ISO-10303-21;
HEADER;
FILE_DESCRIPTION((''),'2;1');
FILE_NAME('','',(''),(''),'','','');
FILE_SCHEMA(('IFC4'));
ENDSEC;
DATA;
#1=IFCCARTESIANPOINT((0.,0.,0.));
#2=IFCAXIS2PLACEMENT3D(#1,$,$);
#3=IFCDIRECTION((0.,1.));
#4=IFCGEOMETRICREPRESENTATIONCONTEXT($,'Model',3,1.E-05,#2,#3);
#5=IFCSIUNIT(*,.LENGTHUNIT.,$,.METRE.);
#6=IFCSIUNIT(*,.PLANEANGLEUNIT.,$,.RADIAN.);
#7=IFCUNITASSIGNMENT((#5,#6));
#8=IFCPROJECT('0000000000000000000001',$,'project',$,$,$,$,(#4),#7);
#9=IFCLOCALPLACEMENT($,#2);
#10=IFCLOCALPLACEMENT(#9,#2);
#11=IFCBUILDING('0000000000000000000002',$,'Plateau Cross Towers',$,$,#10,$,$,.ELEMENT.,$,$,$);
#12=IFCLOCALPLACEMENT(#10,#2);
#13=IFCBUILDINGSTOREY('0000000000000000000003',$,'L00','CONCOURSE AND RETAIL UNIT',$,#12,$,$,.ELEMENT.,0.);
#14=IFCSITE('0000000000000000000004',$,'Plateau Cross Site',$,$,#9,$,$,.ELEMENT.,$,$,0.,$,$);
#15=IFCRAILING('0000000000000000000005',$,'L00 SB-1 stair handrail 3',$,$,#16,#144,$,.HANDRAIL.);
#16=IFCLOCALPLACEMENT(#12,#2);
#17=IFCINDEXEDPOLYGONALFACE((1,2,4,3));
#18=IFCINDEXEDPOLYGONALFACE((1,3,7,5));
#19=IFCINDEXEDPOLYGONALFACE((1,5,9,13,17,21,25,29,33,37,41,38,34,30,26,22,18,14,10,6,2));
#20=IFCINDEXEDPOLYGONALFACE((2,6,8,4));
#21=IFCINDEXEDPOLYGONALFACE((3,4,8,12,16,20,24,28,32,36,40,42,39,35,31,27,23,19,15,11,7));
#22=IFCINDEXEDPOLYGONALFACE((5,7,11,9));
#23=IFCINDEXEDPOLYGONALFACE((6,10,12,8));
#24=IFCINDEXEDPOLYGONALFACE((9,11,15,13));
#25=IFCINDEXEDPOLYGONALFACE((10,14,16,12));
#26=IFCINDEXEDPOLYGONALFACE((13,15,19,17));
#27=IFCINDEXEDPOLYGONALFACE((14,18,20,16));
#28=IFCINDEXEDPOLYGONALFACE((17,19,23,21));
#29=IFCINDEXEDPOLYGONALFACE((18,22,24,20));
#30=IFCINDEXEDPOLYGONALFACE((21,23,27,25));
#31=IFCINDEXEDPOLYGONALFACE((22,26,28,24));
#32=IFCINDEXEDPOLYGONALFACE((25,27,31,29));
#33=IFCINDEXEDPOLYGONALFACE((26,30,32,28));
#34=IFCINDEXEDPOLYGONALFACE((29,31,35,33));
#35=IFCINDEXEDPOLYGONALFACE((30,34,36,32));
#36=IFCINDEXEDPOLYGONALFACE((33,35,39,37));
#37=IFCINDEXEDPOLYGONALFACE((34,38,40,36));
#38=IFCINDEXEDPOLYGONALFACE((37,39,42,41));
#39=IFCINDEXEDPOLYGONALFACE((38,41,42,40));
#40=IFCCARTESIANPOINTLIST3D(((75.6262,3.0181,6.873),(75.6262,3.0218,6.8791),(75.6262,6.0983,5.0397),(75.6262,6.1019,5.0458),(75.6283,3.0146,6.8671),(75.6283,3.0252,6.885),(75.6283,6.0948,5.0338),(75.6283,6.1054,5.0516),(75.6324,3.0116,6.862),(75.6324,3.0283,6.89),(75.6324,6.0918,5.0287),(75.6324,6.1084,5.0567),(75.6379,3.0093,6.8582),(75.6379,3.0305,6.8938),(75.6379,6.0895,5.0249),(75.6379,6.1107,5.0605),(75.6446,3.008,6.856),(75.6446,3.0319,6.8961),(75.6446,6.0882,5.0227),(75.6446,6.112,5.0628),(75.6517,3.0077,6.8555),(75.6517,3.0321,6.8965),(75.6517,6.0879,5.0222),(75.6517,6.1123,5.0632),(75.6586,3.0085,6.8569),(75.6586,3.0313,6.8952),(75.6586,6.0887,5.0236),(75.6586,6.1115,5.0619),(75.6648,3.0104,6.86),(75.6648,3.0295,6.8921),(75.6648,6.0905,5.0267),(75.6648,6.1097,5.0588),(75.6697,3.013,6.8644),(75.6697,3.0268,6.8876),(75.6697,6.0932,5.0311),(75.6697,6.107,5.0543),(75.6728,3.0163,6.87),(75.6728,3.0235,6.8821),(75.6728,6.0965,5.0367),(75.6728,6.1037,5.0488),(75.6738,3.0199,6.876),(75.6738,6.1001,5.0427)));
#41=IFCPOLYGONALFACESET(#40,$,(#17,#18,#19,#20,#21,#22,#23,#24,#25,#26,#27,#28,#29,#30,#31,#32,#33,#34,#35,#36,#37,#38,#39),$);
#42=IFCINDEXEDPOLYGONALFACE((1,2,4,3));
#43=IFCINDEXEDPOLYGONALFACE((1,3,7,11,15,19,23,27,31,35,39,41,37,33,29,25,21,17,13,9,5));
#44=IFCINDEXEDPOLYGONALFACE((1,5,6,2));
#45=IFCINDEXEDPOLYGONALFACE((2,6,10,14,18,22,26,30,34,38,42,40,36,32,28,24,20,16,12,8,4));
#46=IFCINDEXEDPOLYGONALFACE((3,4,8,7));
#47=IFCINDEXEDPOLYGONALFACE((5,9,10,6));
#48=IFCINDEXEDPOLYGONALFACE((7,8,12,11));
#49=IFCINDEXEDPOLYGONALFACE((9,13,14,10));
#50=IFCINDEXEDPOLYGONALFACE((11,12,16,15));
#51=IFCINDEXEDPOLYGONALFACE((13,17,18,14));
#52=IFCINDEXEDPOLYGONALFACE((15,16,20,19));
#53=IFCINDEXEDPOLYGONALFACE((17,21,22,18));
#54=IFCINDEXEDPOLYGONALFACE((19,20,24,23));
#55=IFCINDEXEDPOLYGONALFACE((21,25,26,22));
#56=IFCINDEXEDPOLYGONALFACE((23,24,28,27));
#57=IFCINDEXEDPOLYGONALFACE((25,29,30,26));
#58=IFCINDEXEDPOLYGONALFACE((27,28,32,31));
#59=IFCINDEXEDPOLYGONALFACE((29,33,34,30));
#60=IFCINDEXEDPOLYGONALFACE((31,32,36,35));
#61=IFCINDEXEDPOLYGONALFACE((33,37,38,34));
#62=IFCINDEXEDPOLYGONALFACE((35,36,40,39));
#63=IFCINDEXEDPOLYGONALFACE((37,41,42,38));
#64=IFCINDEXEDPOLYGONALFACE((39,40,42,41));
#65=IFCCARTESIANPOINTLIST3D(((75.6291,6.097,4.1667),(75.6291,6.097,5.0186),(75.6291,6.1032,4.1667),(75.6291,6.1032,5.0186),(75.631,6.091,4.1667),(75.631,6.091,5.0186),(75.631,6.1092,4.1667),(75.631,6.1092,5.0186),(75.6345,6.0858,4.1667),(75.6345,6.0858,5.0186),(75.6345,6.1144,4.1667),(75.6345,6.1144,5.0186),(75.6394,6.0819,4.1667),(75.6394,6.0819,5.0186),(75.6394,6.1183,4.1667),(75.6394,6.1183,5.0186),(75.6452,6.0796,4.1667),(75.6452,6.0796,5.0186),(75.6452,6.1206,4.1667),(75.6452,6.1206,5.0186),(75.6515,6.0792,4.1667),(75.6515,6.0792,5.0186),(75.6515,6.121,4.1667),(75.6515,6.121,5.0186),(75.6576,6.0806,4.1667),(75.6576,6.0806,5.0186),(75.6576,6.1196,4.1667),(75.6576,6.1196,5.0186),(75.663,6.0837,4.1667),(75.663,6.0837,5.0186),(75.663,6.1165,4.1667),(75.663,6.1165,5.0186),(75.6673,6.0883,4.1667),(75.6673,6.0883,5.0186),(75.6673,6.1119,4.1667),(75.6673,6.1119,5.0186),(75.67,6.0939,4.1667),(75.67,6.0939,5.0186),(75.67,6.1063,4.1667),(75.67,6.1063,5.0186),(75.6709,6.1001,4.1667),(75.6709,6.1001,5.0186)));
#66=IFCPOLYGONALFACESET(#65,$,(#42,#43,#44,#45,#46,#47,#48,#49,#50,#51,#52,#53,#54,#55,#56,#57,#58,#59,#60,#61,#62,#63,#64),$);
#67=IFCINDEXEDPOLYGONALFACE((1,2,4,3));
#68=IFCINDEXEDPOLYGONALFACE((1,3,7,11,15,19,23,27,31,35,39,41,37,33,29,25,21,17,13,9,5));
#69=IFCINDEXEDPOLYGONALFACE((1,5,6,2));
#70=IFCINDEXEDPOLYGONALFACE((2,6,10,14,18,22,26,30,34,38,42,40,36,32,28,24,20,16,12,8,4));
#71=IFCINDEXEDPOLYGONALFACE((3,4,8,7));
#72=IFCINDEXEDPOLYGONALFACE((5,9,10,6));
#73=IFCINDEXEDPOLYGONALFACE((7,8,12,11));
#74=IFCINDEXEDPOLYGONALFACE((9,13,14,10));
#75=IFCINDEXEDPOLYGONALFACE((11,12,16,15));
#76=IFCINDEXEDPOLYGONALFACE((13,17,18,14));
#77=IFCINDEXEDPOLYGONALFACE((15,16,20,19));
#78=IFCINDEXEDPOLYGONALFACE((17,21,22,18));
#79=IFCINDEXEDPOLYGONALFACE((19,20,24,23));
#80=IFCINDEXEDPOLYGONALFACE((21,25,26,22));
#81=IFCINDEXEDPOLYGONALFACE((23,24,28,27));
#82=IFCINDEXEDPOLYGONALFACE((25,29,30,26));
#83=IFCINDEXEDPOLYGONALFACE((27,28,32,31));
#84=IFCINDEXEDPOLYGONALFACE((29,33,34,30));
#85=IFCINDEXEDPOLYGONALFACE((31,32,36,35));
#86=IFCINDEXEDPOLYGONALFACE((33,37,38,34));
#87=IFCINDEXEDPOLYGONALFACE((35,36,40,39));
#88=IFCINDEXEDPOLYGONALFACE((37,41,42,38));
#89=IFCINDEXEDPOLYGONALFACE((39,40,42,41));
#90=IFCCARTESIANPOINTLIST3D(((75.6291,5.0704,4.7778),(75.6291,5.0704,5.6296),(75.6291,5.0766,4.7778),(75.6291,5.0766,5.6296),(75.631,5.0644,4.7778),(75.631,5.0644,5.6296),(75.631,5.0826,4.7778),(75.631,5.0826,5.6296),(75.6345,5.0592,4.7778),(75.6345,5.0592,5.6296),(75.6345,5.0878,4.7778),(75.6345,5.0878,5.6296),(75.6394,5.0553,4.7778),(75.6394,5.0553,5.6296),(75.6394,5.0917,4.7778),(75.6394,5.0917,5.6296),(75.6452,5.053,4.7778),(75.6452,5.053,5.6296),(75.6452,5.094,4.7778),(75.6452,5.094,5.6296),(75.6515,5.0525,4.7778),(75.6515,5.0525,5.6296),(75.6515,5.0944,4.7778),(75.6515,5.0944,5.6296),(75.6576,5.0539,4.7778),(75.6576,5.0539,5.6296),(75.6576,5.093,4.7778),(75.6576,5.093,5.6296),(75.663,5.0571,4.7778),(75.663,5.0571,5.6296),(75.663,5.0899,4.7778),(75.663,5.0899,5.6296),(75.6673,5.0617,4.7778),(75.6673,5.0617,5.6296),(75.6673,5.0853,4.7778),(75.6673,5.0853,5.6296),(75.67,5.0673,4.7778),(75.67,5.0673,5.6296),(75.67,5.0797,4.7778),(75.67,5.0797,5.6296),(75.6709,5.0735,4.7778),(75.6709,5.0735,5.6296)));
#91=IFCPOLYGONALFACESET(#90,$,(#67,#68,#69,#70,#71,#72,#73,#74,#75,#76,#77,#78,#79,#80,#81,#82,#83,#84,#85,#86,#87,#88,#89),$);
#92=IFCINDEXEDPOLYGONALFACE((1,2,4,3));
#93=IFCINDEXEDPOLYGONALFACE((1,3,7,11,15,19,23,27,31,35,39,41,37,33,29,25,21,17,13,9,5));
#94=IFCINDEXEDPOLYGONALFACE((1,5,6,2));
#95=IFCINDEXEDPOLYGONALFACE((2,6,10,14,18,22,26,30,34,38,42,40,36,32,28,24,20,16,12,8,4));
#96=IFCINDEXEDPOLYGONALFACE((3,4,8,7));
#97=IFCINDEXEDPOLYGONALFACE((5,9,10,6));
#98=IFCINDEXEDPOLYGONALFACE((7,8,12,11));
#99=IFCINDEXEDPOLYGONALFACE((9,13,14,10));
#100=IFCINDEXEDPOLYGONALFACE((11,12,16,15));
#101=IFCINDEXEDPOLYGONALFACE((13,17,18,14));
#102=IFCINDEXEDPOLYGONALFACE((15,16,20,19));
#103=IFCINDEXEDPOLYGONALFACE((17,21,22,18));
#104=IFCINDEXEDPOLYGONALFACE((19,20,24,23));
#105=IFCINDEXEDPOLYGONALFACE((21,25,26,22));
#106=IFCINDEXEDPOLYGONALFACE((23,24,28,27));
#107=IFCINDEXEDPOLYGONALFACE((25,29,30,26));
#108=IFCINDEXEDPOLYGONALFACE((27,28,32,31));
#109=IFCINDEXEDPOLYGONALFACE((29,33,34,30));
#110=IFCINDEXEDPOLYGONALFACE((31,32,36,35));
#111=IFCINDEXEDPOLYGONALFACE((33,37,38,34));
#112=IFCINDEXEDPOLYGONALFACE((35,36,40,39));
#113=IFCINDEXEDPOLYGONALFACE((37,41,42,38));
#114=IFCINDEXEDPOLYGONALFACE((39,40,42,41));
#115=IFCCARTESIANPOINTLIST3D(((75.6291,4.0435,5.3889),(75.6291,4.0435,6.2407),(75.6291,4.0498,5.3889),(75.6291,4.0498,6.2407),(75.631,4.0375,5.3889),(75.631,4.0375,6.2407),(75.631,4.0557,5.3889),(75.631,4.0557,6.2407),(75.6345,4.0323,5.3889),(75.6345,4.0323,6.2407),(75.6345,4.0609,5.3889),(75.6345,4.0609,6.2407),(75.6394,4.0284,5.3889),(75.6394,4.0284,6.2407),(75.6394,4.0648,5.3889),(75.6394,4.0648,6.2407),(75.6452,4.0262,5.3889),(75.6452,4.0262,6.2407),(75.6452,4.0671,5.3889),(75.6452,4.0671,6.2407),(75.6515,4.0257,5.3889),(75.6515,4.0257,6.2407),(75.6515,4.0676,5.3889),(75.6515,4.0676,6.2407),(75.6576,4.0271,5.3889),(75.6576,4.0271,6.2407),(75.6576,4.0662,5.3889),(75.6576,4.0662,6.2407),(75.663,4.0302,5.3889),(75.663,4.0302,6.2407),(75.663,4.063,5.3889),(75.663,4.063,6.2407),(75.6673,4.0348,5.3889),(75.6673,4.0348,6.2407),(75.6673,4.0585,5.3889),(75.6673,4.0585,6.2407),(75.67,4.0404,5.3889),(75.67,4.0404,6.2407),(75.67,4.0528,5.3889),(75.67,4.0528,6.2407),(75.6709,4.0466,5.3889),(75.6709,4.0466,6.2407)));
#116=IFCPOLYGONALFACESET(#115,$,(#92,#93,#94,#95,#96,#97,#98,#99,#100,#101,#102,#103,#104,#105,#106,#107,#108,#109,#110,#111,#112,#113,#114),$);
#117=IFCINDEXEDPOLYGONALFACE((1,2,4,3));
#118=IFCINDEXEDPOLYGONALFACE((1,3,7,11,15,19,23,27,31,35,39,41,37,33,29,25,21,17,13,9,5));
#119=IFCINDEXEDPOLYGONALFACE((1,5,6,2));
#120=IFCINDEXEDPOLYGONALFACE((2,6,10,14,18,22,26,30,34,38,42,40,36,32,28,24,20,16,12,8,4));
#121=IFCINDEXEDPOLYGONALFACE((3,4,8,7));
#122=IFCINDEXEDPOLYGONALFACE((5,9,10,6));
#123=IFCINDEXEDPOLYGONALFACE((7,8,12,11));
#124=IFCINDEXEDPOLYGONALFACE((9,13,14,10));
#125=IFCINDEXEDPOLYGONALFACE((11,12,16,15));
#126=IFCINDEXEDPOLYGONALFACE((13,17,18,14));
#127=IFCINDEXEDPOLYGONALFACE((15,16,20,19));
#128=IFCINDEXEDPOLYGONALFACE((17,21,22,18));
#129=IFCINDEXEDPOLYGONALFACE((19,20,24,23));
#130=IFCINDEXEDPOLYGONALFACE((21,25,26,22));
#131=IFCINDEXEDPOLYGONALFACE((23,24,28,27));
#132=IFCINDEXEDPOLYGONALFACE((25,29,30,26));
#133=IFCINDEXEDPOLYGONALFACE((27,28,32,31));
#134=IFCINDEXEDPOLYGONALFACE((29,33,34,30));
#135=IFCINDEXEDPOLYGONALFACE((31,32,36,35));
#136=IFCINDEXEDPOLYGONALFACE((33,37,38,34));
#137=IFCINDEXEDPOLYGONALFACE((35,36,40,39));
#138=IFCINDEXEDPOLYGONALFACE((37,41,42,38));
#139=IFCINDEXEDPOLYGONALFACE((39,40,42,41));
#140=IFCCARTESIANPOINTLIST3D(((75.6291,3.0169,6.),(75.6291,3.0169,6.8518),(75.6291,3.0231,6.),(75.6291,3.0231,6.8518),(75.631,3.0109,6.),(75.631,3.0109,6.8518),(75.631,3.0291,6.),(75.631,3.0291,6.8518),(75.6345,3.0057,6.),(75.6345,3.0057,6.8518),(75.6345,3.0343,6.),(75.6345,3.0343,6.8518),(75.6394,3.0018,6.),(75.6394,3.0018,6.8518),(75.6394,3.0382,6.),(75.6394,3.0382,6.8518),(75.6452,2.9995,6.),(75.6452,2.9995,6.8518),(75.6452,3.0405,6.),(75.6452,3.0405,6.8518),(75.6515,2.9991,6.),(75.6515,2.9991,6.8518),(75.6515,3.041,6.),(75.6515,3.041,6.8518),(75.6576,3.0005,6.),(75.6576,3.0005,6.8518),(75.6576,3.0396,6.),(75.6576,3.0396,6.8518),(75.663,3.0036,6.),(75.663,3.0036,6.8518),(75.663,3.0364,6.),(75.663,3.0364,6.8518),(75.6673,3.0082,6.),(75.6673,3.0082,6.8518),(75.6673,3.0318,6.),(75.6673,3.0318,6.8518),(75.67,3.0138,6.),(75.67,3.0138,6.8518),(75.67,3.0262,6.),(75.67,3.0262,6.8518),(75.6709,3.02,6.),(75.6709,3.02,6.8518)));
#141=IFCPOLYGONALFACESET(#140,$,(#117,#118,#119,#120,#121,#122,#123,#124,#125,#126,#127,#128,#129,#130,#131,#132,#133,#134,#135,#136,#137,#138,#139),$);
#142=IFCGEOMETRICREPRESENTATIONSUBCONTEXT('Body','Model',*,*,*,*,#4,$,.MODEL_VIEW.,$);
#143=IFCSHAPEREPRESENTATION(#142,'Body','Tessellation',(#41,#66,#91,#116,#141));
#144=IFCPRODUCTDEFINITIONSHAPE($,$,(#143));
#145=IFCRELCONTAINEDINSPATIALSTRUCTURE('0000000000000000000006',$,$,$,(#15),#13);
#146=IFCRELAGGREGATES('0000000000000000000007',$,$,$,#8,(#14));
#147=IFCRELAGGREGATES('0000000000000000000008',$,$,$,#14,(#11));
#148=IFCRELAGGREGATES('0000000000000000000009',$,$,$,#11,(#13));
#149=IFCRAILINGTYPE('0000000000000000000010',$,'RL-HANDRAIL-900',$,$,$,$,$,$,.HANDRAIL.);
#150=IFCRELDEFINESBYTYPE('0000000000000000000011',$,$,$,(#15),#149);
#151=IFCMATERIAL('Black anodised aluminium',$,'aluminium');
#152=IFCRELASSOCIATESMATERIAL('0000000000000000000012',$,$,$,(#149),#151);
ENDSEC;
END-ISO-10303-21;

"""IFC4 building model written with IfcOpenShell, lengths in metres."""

from ifc_helpers import new_model, si_unit, direction, frame, origin, origin_2d, place, context, subcontext, project, spatial, circle, extrude, material, type_object, element, save


model = new_model("IFC4")

# Units and contexts
model_context = context("Model", 3, precision=1e-05, world=origin(), true_north=direction((0.0, 1.0)))
body_context = subcontext(model_context, "Body", "Model", "MODEL_VIEW")
ifc_project = project(units=[si_unit("LENGTHUNIT", "METRE"), si_unit("PLANEANGLEUNIT", "RADIAN")], contexts=[model_context])

# Site, building, storey
site_placement = place(None, origin())
site = spatial("IfcSite", under=ifc_project, at=site_placement, Name="Plateau Cross Site", CompositionType="ELEMENT", RefElevation=0.0)
building_placement = place(site_placement, origin())
building = spatial("IfcBuilding", under=site, at=building_placement, Name="Plateau Cross Towers", CompositionType="ELEMENT")
storey_placement = place(building_placement, origin())
storey = spatial("IfcBuildingStorey", under=building, at=storey_placement, Name="L00", Description="CONCOURSE AND RETAIL UNIT", CompositionType="ELEMENT", Elevation=0.0)

# Railing
ifc_material_1 = material(Name="Black anodised aluminium", Category="aluminium")
railing_type_1 = type_object("IfcRailingType", Name="RL-HANDRAIL-900", PredefinedType="HANDRAIL", material=ifc_material_1)
railing_1_placement = place(storey_placement, frame((75.6499, 6.1001, 4.1667)))
element("IfcRailing", 1, at=railing_1_placement, inside=storey, type_object=railing_type_1, Name="L00 SB-1 stair handrail 3", PredefinedType="HANDRAIL", context=body_context, shape_type="SweptSolid", body=[
    extrude(circle(Radius=0.0239, at=origin_2d()), frame((0.0, 0.0, 0.876), z_axis=(0.0, -0.859309, 0.511458), x_axis=(1.0, 0.0, 0.0)), (0.0, 0.0, 1.0), 3.5845),
    extrude(circle(Radius=0.021, at=origin_2d()), origin(), (0.0, 0.0, 1.0), 0.8518),
    extrude(circle(Radius=0.021, at=origin_2d()), frame((0.0, -1.0266, 0.6111)), (0.0, 0.0, 1.0), 0.8518),
    extrude(circle(Radius=0.021, at=origin_2d()), frame((0.0, -2.0535, 1.2222)), (0.0, 0.0, 1.0), 0.8518),
    extrude(circle(Radius=0.021, at=origin_2d()), frame((0.0, -3.0801, 1.8333)), (0.0, 0.0, 1.0), 0.8518),
])

save(model, "model.ifc")
